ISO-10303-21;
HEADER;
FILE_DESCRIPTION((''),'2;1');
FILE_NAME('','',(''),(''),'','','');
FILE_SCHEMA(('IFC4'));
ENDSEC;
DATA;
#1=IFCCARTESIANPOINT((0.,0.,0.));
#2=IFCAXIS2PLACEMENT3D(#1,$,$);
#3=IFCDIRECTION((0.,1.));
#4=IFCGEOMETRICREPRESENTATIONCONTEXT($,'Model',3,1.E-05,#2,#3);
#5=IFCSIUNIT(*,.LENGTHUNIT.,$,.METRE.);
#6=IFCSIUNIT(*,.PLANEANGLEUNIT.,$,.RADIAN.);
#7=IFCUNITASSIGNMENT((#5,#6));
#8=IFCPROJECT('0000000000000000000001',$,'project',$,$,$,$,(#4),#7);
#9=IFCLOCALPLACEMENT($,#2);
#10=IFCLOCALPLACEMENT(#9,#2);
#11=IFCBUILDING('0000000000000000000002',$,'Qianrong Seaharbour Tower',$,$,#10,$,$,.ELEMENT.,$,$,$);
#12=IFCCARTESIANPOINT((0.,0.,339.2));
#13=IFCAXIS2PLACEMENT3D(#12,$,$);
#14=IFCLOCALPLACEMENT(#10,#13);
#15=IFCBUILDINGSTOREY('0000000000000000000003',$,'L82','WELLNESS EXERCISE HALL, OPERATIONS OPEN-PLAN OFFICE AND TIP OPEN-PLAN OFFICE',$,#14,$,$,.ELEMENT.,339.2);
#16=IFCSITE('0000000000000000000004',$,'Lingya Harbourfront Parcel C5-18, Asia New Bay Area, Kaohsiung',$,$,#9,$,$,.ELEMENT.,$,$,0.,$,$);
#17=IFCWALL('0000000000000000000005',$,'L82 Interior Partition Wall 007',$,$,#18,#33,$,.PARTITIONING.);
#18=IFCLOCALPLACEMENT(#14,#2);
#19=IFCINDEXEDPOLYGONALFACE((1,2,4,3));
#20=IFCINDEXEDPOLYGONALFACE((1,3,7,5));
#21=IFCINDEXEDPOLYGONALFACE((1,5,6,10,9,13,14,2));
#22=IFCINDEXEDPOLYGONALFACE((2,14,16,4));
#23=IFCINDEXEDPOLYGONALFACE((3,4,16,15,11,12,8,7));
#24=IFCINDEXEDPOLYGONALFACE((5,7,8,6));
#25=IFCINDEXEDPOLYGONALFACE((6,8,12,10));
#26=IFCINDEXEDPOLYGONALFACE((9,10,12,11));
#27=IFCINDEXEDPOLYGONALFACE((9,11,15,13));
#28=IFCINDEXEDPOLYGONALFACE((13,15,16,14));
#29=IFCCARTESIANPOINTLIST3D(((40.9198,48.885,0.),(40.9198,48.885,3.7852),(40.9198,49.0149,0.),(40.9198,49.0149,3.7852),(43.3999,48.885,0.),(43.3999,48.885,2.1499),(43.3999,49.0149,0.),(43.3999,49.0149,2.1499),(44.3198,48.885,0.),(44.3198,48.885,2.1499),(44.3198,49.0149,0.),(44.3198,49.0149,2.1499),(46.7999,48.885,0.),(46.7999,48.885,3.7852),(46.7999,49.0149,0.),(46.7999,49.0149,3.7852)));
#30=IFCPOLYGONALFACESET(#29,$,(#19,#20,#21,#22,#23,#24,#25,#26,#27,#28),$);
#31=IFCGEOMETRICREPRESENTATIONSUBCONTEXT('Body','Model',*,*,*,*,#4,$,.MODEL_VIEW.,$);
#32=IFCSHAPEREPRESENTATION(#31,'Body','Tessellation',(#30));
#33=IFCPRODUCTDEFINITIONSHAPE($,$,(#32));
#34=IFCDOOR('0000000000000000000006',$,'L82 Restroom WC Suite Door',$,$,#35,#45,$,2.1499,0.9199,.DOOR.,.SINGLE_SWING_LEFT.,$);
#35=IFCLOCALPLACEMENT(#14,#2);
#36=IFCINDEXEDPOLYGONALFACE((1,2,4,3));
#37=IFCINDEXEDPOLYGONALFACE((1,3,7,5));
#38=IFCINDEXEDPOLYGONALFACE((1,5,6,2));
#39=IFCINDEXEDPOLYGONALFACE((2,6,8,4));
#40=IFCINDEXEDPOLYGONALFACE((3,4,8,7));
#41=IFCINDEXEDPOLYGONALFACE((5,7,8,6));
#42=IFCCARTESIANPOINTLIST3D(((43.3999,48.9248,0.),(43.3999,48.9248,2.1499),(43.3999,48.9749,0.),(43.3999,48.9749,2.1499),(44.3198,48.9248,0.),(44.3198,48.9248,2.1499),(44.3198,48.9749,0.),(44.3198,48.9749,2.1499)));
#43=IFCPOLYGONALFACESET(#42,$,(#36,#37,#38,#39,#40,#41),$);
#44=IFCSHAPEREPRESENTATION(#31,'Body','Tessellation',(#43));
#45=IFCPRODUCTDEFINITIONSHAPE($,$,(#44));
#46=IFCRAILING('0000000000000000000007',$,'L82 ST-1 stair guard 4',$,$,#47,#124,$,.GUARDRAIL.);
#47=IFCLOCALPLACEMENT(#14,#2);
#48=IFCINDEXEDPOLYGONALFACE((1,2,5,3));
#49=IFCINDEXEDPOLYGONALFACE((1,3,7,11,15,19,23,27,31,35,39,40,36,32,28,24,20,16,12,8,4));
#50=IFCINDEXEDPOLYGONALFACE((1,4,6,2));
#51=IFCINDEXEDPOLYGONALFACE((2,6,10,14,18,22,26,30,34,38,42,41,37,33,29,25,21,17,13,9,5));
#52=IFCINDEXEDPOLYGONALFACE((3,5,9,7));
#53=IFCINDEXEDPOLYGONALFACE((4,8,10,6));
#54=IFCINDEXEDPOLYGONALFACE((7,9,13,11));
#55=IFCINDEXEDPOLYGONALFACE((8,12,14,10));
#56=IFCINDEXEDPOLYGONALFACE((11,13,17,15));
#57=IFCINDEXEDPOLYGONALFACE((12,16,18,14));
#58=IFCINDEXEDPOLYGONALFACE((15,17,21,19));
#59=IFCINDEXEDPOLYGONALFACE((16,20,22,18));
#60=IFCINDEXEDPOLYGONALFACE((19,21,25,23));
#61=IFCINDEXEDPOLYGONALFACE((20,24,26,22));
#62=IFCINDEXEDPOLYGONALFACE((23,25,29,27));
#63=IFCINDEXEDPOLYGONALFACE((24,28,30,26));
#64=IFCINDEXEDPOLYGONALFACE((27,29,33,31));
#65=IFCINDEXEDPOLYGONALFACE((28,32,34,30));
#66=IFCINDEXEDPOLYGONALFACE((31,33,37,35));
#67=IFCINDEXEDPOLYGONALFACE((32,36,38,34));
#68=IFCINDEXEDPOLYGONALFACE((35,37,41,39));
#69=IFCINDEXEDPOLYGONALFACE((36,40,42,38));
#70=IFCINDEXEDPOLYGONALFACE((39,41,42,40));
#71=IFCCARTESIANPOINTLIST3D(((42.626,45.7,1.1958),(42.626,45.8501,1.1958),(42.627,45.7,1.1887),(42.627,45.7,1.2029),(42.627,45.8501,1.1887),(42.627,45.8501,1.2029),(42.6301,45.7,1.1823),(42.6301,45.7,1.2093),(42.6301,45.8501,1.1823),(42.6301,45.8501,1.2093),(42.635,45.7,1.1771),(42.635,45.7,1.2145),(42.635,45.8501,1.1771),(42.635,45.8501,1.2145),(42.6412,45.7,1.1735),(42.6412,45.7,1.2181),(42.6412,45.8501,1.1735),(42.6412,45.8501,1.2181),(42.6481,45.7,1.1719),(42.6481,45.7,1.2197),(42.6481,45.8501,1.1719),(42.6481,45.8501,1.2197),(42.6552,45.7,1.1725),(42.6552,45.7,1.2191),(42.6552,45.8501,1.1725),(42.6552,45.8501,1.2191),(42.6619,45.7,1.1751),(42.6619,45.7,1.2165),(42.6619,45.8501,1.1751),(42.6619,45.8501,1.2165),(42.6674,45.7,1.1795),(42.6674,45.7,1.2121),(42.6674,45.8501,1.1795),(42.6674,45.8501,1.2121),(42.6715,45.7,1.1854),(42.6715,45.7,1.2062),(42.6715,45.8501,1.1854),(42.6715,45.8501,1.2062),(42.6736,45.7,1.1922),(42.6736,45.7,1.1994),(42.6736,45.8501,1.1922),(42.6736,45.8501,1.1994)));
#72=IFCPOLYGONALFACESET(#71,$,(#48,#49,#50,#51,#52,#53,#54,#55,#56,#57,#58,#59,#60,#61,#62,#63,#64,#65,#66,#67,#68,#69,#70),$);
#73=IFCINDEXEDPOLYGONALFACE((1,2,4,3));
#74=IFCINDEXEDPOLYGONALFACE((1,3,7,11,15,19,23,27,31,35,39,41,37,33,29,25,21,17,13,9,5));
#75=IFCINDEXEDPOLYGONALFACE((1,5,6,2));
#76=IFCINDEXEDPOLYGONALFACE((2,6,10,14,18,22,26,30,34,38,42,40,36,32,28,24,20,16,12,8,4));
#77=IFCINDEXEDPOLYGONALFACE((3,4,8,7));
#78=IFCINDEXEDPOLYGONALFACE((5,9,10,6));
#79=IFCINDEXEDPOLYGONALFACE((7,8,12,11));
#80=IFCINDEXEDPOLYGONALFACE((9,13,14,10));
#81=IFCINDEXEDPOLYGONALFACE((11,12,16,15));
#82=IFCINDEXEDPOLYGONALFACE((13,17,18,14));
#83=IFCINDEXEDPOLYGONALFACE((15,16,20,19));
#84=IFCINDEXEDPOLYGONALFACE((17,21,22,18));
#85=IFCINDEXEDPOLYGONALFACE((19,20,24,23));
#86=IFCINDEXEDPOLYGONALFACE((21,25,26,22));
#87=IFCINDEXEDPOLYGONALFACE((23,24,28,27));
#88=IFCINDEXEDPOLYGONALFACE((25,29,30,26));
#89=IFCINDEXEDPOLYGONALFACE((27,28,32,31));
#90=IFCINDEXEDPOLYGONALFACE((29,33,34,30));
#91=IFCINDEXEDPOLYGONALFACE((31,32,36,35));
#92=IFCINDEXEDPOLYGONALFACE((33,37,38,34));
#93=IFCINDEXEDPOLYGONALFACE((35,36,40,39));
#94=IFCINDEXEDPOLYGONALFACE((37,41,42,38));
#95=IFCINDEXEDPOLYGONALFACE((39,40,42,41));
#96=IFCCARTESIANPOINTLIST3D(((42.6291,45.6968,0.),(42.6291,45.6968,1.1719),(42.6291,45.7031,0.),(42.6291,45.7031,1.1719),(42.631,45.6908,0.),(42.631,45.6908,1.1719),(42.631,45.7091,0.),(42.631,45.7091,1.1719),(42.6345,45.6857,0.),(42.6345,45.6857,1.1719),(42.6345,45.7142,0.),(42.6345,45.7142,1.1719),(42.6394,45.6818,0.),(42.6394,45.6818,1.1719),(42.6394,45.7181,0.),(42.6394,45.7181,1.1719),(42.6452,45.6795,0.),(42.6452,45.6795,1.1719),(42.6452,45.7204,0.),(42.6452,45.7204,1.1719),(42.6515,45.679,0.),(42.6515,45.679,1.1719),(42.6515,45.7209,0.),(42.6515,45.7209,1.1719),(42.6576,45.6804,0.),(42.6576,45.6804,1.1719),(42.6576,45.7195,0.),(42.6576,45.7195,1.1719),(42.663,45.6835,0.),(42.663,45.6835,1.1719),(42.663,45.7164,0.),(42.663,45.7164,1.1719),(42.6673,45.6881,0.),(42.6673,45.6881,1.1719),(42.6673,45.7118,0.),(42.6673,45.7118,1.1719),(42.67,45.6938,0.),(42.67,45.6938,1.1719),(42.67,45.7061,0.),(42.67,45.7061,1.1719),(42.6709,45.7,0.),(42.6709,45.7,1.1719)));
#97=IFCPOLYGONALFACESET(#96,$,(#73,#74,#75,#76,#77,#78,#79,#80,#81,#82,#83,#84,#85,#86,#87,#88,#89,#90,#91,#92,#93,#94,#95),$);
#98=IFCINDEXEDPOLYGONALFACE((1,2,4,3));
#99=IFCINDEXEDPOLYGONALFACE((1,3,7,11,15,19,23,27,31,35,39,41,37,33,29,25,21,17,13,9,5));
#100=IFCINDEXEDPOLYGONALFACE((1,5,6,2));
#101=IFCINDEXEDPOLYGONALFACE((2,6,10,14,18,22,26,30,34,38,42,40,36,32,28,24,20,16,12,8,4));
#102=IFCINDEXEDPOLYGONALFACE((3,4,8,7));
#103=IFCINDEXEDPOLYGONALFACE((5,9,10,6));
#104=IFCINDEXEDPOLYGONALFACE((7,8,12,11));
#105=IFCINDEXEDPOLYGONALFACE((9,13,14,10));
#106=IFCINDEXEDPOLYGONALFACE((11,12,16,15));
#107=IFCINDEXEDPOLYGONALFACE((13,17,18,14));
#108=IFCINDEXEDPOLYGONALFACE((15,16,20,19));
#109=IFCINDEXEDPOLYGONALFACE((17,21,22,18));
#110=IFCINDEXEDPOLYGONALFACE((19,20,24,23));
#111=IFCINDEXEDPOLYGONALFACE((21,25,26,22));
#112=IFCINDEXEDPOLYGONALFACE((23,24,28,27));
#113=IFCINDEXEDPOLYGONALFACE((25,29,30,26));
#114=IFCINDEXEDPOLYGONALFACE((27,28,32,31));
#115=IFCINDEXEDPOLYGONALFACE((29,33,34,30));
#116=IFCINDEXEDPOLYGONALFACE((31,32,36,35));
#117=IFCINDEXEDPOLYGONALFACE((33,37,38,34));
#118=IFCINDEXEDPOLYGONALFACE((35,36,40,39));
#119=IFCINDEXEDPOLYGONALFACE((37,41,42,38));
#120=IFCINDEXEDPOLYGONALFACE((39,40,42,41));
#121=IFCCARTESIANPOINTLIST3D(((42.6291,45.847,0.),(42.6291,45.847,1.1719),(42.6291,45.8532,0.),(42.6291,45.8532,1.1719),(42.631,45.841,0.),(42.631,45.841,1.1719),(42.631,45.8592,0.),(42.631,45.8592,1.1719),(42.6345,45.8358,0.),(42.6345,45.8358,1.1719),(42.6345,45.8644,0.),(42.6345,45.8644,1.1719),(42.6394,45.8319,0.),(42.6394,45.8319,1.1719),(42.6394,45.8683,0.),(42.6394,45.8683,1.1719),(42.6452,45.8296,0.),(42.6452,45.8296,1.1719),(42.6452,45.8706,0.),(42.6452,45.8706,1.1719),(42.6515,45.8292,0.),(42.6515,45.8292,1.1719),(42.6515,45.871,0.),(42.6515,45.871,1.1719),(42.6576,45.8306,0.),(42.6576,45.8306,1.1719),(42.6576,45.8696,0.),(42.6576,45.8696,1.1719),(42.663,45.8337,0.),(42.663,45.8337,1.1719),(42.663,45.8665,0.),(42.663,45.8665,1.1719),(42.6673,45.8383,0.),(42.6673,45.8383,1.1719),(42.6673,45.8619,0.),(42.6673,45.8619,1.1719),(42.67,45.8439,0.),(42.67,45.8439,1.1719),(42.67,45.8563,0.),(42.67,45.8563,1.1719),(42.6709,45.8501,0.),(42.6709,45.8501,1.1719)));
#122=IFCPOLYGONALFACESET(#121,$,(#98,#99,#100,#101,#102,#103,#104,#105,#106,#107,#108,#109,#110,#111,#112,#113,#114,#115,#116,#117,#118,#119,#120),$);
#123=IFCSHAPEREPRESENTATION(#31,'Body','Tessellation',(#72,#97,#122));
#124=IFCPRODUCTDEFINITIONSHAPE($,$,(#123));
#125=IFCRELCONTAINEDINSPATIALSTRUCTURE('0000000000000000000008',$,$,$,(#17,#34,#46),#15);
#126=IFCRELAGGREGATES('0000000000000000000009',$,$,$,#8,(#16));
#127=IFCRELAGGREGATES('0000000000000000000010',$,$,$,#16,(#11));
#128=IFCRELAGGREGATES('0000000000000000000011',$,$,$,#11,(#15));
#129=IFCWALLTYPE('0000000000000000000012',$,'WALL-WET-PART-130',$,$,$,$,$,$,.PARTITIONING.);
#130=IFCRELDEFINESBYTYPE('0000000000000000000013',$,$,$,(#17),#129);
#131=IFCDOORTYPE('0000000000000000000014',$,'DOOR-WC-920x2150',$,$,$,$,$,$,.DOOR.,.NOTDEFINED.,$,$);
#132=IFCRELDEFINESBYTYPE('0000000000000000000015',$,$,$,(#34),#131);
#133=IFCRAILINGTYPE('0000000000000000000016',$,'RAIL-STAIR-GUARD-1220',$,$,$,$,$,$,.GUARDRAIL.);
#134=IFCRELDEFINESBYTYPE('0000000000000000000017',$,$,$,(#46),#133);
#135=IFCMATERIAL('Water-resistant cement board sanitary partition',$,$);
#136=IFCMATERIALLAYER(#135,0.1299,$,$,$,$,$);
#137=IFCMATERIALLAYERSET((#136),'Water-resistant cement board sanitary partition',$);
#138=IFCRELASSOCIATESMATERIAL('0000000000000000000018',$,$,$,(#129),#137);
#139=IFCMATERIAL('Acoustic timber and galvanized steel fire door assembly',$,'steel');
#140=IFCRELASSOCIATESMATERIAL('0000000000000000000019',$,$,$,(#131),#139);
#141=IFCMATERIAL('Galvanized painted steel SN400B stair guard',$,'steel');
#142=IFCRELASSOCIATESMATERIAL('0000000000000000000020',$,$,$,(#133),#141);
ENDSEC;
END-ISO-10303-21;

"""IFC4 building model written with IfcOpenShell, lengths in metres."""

from ifc_helpers import new_model, si_unit, direction, frame, frame_2d, origin, origin_2d, place, context, subcontext, project, spatial, rectangle, circle, extrude, material, layer, layer_set, type_object, element, fill, save


model = new_model("IFC4")

# Units and contexts
model_context = context("Model", 3, precision=1e-05, world=origin(), true_north=direction((0.0, 1.0)))
body_context = subcontext(model_context, "Body", "Model", "MODEL_VIEW")
ifc_project = project(units=[si_unit("LENGTHUNIT", "METRE"), si_unit("PLANEANGLEUNIT", "RADIAN")], contexts=[model_context])

# Site, building, storey
site_placement = place(None, origin())
site = spatial("IfcSite", under=ifc_project, at=site_placement, Name="Lingya Harbourfront Parcel C5-18, Asia New Bay Area, Kaohsiung", CompositionType="ELEMENT", RefElevation=0.0)
building_placement = place(site_placement, origin())
building = spatial("IfcBuilding", under=site, at=building_placement, Name="Qianrong Seaharbour Tower", CompositionType="ELEMENT")
storey_placement = place(building_placement, frame((0.0, 0.0, 339.2)))
storey = spatial("IfcBuildingStorey", under=building, at=storey_placement, Name="L82", Description="WELLNESS EXERCISE HALL, OPERATIONS OPEN-PLAN OFFICE AND TIP OPEN-PLAN OFFICE", CompositionType="ELEMENT", Elevation=339.2)

# Shared definitions
ifc_material_1 = material(Name="Acoustic timber and galvanized steel fire door assembly", Category="steel")

# Shared definitions
ifc_material_2 = material(Name="Water-resistant cement board sanitary partition")
ifc_layer_1 = layer(ifc_material_2, 0.1299)
ifc_layer_set_1 = layer_set([ifc_layer_1], Name="Water-resistant cement board sanitary partition")
wall_type_1 = type_object("IfcWallType", Name="WALL-WET-PART-130", PredefinedType="PARTITIONING", material=ifc_layer_set_1)

# Wall, opening, door
wall_1_placement = place(storey_placement, frame((40.9199, 48.95, 0.0), z_axis=(0.0, 0.0, 1.0), x_axis=(1.0, 0.0, 0.0)))
wall_1 = element("IfcWall", 1, at=wall_1_placement, inside=storey, type_object=wall_type_1, Name="L82 Interior Partition Wall 007", PredefinedType="PARTITIONING", context=body_context, shape_type="SweptSolid", body=[
    extrude(rectangle(XDim=5.8801, YDim=0.1299, at=frame_2d((2.9399, 0.0))), origin(), (0.0, 0.0, 1.0), 3.7852),
])
opening_1_placement = place(wall_1_placement, frame((2.48, 0.0, 0.0)))
opening_1 = element("IfcOpeningElement", 2, at=opening_1_placement, cuts=wall_1, PredefinedType="OPENING", context=body_context, shape_type="SweptSolid", body=[
    extrude(rectangle(XDim=0.9199, YDim=2.1499, at=frame_2d((0.46, 1.075))), frame((0.0, 0.075, 0.0), z_axis=(0.0, -1.0, 0.0), x_axis=(1.0, 0.0, 0.0)), (0.0, 0.0, 1.0), 0.1499),
])
door_type_1 = type_object("IfcDoorType", Name="DOOR-WC-920x2150", OperationType="NOTDEFINED", PredefinedType="DOOR", material=ifc_material_1)
door_1_placement = place(opening_1_placement, origin())
door_1 = element("IfcDoor", 3, at=door_1_placement, inside=storey, type_object=door_type_1, Name="L82 Restroom WC Suite Door", OperationType="SINGLE_SWING_LEFT", OverallHeight=2.1499, OverallWidth=0.9199, PredefinedType="DOOR", context=body_context, shape_type="SweptSolid", body=[
    extrude(rectangle(XDim=0.9199, YDim=2.1499, at=frame_2d((0.46, 1.075))), frame((0.0, 0.0249, 0.0), z_axis=(0.0, -1.0, 0.0), x_axis=(1.0, 0.0, 0.0)), (0.0, 0.0, 1.0), 0.05),
])
fill(opening_1, door_1)

# Railing
ifc_material_3 = material(Name="Galvanized painted steel SN400B stair guard", Category="steel")
railing_type = type_object("IfcRailingType", Name="RAIL-STAIR-GUARD-1220", PredefinedType="GUARDRAIL", material=ifc_material_3)
railing_placement = place(storey_placement, frame((42.6499, 45.7, 0.0)))
element("IfcRailing", 4, at=railing_placement, inside=storey, type_object=railing_type, Name="L82 ST-1 stair guard 4", PredefinedType="GUARDRAIL", context=body_context, shape_type="SweptSolid", body=[
    extrude(circle(Radius=0.0239, at=origin_2d()), frame((0.0, 0.0, 1.1958), z_axis=(0.0, 1.0, 0.0), x_axis=(-1.0, 0.0, 0.0)), (0.0, 0.0, 1.0), 0.1501),
    extrude(circle(Radius=0.021, at=origin_2d()), origin(), (0.0, 0.0, 1.0), 1.1719),
    extrude(circle(Radius=0.021, at=origin_2d()), frame((0.0, 0.1501, 0.0)), (0.0, 0.0, 1.0), 1.1719),
])

save(model, "model.ifc")
